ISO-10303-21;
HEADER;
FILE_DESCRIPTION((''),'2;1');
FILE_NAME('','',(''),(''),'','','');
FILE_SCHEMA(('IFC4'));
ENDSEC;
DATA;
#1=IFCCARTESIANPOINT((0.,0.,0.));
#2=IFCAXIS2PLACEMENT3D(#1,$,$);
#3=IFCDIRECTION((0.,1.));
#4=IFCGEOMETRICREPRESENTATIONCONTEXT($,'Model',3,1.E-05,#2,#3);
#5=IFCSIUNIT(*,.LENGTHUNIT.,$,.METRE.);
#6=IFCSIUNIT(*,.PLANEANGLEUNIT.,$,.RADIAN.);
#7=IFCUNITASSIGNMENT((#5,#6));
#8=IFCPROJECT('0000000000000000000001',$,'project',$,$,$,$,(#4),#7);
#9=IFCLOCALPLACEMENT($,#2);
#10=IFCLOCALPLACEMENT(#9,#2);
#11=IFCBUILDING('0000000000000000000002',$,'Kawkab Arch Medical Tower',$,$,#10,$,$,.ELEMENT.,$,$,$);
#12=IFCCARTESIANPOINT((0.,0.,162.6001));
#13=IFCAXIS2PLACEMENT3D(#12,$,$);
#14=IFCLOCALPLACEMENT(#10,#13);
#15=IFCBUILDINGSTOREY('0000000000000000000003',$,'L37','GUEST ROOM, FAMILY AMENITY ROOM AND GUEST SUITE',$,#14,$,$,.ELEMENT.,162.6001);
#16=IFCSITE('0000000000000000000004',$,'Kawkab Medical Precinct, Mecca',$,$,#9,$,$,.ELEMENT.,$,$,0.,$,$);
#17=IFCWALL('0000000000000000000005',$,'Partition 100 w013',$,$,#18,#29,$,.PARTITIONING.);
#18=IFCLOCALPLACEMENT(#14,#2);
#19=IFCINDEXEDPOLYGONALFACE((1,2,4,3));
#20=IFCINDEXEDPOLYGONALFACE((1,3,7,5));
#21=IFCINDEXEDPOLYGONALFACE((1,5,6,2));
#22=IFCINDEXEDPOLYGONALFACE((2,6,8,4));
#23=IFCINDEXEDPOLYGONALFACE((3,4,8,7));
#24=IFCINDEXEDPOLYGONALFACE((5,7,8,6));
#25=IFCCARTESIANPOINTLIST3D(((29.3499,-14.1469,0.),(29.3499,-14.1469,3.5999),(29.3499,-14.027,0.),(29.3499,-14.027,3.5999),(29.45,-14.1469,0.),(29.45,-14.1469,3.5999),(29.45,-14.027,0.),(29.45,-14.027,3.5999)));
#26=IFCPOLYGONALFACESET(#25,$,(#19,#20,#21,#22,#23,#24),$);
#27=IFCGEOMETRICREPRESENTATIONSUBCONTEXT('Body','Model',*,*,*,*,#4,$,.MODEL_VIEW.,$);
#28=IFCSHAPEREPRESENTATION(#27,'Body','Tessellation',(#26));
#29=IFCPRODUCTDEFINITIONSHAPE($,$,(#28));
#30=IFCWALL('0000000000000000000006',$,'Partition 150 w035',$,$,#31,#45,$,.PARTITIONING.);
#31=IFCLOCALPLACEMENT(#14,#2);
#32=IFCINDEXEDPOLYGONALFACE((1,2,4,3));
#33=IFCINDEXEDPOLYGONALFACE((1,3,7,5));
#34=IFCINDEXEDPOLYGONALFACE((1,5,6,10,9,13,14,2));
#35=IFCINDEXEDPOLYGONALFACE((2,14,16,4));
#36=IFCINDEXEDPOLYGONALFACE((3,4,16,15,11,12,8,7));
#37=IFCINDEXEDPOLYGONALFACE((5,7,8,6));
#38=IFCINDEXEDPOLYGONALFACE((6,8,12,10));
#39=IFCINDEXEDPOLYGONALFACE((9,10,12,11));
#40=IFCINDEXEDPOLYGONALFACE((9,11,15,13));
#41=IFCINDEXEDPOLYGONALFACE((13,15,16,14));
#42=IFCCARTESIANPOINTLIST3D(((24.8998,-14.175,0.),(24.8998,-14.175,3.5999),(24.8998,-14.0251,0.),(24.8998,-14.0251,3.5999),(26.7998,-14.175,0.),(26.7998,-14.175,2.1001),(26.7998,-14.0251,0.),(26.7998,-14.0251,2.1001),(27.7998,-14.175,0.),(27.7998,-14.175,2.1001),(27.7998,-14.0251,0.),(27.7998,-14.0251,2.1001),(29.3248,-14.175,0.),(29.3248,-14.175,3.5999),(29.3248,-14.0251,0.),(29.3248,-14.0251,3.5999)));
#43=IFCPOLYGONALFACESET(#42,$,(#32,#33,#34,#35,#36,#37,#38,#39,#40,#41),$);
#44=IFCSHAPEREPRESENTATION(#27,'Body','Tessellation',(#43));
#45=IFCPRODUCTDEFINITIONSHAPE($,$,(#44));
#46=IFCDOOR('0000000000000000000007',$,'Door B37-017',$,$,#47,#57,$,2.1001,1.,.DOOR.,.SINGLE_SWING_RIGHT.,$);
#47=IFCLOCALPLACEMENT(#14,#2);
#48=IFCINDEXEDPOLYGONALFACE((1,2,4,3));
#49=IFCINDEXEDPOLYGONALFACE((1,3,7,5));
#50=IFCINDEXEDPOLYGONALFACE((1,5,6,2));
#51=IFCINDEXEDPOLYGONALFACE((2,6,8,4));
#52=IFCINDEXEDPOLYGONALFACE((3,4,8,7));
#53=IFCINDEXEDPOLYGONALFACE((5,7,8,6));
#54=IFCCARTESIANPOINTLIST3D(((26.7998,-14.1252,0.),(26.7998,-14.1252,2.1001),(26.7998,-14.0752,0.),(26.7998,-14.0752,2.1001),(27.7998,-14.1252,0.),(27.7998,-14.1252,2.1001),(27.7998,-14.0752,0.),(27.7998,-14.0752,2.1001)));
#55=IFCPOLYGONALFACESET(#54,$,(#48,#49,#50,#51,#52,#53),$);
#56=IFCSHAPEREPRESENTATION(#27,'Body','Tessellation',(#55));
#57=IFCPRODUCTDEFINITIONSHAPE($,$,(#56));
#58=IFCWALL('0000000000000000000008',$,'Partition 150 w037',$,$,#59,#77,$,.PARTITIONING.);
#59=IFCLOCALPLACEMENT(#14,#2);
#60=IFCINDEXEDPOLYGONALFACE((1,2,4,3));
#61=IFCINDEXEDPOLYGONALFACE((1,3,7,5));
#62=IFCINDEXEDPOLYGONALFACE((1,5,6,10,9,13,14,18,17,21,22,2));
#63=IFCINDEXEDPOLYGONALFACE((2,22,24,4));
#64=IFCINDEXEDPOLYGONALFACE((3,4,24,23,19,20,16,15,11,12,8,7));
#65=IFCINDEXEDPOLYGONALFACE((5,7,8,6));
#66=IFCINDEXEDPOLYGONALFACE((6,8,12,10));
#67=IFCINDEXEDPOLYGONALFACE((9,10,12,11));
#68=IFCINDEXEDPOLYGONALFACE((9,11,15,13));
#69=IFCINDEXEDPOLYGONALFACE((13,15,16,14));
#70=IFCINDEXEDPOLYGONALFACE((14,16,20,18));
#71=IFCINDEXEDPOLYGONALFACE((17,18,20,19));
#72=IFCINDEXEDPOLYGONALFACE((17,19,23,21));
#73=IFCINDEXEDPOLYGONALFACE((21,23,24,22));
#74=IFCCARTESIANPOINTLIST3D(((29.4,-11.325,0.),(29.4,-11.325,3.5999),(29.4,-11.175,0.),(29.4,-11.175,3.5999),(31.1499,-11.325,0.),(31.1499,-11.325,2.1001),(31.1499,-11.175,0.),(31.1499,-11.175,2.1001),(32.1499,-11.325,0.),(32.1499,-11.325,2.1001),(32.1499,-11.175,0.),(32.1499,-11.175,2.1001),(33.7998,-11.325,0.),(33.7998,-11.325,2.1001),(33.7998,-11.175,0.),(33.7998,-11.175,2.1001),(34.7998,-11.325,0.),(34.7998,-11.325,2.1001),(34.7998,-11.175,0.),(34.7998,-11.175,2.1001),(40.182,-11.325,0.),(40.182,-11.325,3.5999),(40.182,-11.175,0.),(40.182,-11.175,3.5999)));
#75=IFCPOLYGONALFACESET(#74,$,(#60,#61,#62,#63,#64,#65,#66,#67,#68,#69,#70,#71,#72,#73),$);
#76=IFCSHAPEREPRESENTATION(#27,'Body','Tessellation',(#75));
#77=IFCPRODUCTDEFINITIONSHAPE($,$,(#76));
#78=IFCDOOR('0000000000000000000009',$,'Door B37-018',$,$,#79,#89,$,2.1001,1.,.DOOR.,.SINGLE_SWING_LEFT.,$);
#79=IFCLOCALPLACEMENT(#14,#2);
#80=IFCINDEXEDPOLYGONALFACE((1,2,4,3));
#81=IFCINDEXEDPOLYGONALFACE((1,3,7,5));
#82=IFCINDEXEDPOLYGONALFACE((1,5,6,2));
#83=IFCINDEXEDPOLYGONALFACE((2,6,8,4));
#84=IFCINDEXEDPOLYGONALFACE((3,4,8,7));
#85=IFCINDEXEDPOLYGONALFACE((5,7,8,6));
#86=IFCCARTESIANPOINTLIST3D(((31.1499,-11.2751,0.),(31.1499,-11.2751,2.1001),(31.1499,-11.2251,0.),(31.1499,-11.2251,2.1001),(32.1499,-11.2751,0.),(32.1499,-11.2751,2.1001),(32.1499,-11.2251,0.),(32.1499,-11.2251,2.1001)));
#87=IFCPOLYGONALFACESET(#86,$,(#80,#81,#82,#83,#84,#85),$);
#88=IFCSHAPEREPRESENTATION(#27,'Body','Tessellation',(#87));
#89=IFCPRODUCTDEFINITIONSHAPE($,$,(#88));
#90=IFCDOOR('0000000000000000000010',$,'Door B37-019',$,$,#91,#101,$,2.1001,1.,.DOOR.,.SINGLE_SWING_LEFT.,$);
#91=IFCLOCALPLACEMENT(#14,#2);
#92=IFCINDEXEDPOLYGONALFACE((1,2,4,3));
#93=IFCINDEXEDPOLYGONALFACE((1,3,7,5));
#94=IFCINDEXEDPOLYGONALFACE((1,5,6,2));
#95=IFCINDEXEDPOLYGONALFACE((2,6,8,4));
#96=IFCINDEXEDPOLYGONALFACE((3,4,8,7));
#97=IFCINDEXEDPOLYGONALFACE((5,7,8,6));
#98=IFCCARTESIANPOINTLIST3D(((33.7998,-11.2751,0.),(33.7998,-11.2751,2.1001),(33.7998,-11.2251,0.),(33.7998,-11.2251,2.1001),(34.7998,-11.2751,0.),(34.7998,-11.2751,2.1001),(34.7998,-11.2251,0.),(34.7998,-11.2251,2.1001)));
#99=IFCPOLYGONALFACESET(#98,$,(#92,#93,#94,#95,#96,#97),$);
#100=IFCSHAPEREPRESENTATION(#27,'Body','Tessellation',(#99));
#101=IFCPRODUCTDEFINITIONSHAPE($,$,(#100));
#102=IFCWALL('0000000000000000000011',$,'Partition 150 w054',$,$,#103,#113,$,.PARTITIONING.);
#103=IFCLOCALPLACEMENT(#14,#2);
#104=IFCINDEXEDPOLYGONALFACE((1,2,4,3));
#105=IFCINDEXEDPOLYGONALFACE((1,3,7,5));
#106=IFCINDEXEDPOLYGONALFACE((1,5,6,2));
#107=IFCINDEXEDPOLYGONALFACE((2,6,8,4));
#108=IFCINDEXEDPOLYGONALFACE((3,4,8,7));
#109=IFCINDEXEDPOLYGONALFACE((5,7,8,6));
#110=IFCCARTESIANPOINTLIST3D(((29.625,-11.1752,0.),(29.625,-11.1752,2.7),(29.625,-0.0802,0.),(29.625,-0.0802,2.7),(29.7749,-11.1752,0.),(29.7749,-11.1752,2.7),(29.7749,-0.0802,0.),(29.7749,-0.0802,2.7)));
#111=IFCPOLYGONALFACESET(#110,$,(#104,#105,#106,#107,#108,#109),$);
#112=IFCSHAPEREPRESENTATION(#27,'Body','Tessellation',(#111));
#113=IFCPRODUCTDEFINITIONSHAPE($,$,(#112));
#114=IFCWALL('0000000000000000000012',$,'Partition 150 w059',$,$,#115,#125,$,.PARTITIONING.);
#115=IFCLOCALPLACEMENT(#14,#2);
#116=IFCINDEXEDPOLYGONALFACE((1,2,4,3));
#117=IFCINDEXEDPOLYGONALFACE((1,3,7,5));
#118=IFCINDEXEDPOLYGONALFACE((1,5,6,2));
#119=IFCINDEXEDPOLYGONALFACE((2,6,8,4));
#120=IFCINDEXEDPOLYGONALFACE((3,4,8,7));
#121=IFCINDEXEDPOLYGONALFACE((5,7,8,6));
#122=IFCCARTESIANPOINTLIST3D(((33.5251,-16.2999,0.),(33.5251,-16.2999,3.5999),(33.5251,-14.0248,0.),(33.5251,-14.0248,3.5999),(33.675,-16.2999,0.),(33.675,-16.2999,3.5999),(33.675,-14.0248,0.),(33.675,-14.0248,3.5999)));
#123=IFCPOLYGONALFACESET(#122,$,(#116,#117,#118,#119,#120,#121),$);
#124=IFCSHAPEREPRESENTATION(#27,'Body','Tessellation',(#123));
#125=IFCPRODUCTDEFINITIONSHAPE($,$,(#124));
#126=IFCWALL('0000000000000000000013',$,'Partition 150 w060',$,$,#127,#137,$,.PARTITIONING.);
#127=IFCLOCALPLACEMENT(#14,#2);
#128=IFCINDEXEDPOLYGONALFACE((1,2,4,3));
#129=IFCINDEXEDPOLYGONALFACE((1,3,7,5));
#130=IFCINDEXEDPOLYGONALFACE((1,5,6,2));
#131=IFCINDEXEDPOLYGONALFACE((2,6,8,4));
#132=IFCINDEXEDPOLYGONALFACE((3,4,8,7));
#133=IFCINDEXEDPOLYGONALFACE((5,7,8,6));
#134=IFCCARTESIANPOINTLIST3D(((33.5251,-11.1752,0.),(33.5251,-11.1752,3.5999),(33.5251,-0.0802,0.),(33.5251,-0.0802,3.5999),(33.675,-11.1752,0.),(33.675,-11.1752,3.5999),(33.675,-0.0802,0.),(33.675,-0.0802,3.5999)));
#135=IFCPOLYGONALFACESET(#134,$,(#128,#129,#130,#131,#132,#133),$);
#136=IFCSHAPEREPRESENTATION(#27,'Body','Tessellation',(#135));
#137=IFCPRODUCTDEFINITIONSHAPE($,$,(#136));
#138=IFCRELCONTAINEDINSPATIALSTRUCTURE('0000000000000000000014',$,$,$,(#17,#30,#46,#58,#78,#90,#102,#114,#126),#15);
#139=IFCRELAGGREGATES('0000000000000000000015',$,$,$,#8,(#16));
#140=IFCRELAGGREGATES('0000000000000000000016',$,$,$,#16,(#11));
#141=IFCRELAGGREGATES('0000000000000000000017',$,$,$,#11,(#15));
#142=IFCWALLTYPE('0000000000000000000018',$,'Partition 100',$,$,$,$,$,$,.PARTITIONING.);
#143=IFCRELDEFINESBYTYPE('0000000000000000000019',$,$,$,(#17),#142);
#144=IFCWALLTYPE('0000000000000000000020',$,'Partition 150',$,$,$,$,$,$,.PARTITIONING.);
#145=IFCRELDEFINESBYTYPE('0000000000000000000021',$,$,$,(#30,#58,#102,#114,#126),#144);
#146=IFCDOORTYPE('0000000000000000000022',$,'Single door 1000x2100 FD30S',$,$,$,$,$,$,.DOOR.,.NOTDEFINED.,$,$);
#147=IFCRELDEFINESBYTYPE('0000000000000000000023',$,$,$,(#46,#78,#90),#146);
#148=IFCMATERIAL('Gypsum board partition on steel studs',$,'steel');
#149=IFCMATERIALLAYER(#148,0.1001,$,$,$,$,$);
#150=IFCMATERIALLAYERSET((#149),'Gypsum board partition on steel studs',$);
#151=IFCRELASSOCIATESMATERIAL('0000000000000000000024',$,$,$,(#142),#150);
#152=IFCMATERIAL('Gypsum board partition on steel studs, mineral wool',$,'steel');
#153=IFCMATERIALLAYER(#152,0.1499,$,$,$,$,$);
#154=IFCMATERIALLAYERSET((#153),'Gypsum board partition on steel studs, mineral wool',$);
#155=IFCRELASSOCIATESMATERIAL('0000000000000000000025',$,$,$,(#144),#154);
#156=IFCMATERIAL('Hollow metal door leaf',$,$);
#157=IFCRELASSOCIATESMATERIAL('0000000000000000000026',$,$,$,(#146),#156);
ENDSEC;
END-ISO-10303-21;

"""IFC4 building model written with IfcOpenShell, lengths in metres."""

from ifc_helpers import new_model, si_unit, direction, frame, frame_2d, origin, place, context, subcontext, project, spatial, rectangle, extrude, material, layer, layer_set, type_object, element, fill, save


model = new_model("IFC4")

# Units and contexts
model_context = context("Model", 3, precision=1e-05, world=origin(), true_north=direction((0.0, 1.0)))
body_context = subcontext(model_context, "Body", "Model", "MODEL_VIEW")
ifc_project = project(units=[si_unit("LENGTHUNIT", "METRE"), si_unit("PLANEANGLEUNIT", "RADIAN")], contexts=[model_context])

# Site, building, storey
site_placement = place(None, origin())
site = spatial("IfcSite", under=ifc_project, at=site_placement, Name="Kawkab Medical Precinct, Mecca", CompositionType="ELEMENT", RefElevation=0.0)
building_placement = place(site_placement, origin())
building = spatial("IfcBuilding", under=site, at=building_placement, Name="Kawkab Arch Medical Tower", CompositionType="ELEMENT")
storey_placement = place(building_placement, frame((0.0, 0.0, 162.6001)))
storey = spatial("IfcBuildingStorey", under=building, at=storey_placement, Name="L37", Description="GUEST ROOM, FAMILY AMENITY ROOM AND GUEST SUITE", CompositionType="ELEMENT", Elevation=162.6001)

# Wall
ifc_material_1 = material(Name="Gypsum board partition on steel studs", Category="steel")
ifc_layer_1 = layer(ifc_material_1, 0.1001)
ifc_layer_set_1 = layer_set([ifc_layer_1], Name="Gypsum board partition on steel studs")
wall_type_1 = type_object("IfcWallType", Name="Partition 100", PredefinedType="PARTITIONING", material=ifc_layer_set_1)
wall_1_placement = place(storey_placement, frame((29.3999, -14.147, 0.0), z_axis=(0.0, 0.0, 1.0), x_axis=(0.0, 1.0, 0.0)))
element("IfcWall", 1, at=wall_1_placement, inside=storey, type_object=wall_type_1, Name="Partition 100 w013", PredefinedType="PARTITIONING", context=body_context, shape_type="SweptSolid", body=[
    extrude(rectangle(XDim=0.1199, YDim=0.1001, at=frame_2d((0.0601, 0.0))), origin(), (0.0, 0.0, 1.0), 3.5999),
])

# Wall, opening, door
ifc_material_2 = material(Name="Gypsum board partition on steel studs, mineral wool", Category="steel")
ifc_layer_2 = layer(ifc_material_2, 0.1499)
ifc_layer_set_2 = layer_set([ifc_layer_2], Name="Gypsum board partition on steel studs, mineral wool")
wall_type_2 = type_object("IfcWallType", Name="Partition 150", PredefinedType="PARTITIONING", material=ifc_layer_set_2)
wall_2_placement = place(storey_placement, frame((24.8999, -14.1001, 0.0), z_axis=(0.0, 0.0, 1.0), x_axis=(1.0, 0.0, 0.0)))
wall_2 = element("IfcWall", 2, at=wall_2_placement, inside=storey, type_object=wall_type_2, Name="Partition 150 w035", PredefinedType="PARTITIONING", context=body_context, shape_type="SweptSolid", body=[
    extrude(rectangle(XDim=4.425, YDim=0.1499, at=frame_2d((2.2124, 0.0))), origin(), (0.0, 0.0, 1.0), 3.5999),
])
opening_1_placement = place(wall_2_placement, frame((1.8999, 0.0, 0.0)))
opening_1 = element("IfcOpeningElement", 3, at=opening_1_placement, cuts=wall_2, PredefinedType="OPENING", context=body_context, shape_type="SweptSolid", body=[
    extrude(rectangle(XDim=1.0, YDim=2.1001, at=frame_2d((0.5, 1.05))), frame((0.0, 0.085, 0.0), z_axis=(0.0, -1.0, 0.0), x_axis=(1.0, 0.0, 0.0)), (0.0, 0.0, 1.0), 0.1699),
])
ifc_material_3 = material(Name="Hollow metal door leaf")
door_type_1 = type_object("IfcDoorType", Name="Single door 1000x2100 FD30S", OperationType="NOTDEFINED", PredefinedType="DOOR", material=ifc_material_3)
door_1_placement = place(opening_1_placement, origin())
door_1 = element("IfcDoor", 4, at=door_1_placement, inside=storey, type_object=door_type_1, Name="Door B37-017", OperationType="SINGLE_SWING_RIGHT", OverallHeight=2.1001, OverallWidth=1.0, PredefinedType="DOOR", context=body_context, shape_type="SweptSolid", body=[
    extrude(rectangle(XDim=1.0, YDim=2.1001, at=frame_2d((0.5, 1.05))), frame((0.0, 0.0249, 0.0), z_axis=(0.0, -1.0, 0.0), x_axis=(1.0, 0.0, 0.0)), (0.0, 0.0, 1.0), 0.05),
])
fill(opening_1, door_1)

# Wall, openings, doors
wall_3_placement = place(storey_placement, frame((29.3999, -11.25, 0.0), z_axis=(0.0, 0.0, 1.0), x_axis=(1.0, 0.0, 0.0)))
wall_3 = element("IfcWall", 5, at=wall_3_placement, inside=storey, type_object=wall_type_2, Name="Partition 150 w037", PredefinedType="PARTITIONING", context=body_context, shape_type="SweptSolid", body=[
    extrude(rectangle(XDim=10.782, YDim=0.1499, at=frame_2d((5.3911, 0.0))), origin(), (0.0, 0.0, 1.0), 3.5999),
])
opening_2_placement = place(wall_3_placement, frame((1.75, 0.0, 0.0)))
opening_2 = element("IfcOpeningElement", 6, at=opening_2_placement, cuts=wall_3, PredefinedType="OPENING", context=body_context, shape_type="SweptSolid", body=[
    extrude(rectangle(XDim=1.0, YDim=2.1001, at=frame_2d((0.5, 1.05))), frame((0.0, 0.085, 0.0), z_axis=(0.0, -1.0, 0.0), x_axis=(1.0, 0.0, 0.0)), (0.0, 0.0, 1.0), 0.1699),
])
opening_3_placement = place(wall_3_placement, frame((4.3999, 0.0, 0.0)))
opening_3 = element("IfcOpeningElement", 7, at=opening_3_placement, cuts=wall_3, PredefinedType="OPENING", context=body_context, shape_type="SweptSolid", body=[
    extrude(rectangle(XDim=1.0, YDim=2.1001, at=frame_2d((0.5, 1.05))), frame((0.0, 0.085, 0.0), z_axis=(0.0, -1.0, 0.0), x_axis=(1.0, 0.0, 0.0)), (0.0, 0.0, 1.0), 0.1699),
])
door_2_placement = place(opening_2_placement, origin())
door_2 = element("IfcDoor", 8, at=door_2_placement, inside=storey, type_object=door_type_1, Name="Door B37-018", OperationType="SINGLE_SWING_LEFT", OverallHeight=2.1001, OverallWidth=1.0, PredefinedType="DOOR", context=body_context, shape_type="SweptSolid", body=[
    extrude(rectangle(XDim=1.0, YDim=2.1001, at=frame_2d((0.5, 1.05))), frame((0.0, 0.0249, 0.0), z_axis=(0.0, -1.0, 0.0), x_axis=(1.0, 0.0, 0.0)), (0.0, 0.0, 1.0), 0.05),
])
fill(opening_2, door_2)
door_3_placement = place(opening_3_placement, origin())
door_3 = element("IfcDoor", 9, at=door_3_placement, inside=storey, type_object=door_type_1, Name="Door B37-019", OperationType="SINGLE_SWING_LEFT", OverallHeight=2.1001, OverallWidth=1.0, PredefinedType="DOOR", context=body_context, shape_type="SweptSolid", body=[
    extrude(rectangle(XDim=1.0, YDim=2.1001, at=frame_2d((0.5, 1.05))), frame((0.0, 0.0249, 0.0), z_axis=(0.0, -1.0, 0.0), x_axis=(1.0, 0.0, 0.0)), (0.0, 0.0, 1.0), 0.05),
])
fill(opening_3, door_3)

# Walls
wall_4_placement = place(storey_placement, frame((29.7, -11.175, 0.0), z_axis=(0.0, 0.0, 1.0), x_axis=(0.0, 1.0, 0.0)))
element("IfcWall", 10, at=wall_4_placement, inside=storey, type_object=wall_type_2, Name="Partition 150 w054", PredefinedType="PARTITIONING", context=body_context, shape_type="SweptSolid", body=[
    extrude(rectangle(XDim=11.095, YDim=0.1499, at=frame_2d((5.5474, 0.0))), origin(), (0.0, 0.0, 1.0), 2.7),
])
wall_5_placement = place(storey_placement, frame((33.6001, -16.3, 0.0), z_axis=(0.0, 0.0, 1.0), x_axis=(0.0, 1.0, 0.0)))
element("IfcWall", 11, at=wall_5_placement, inside=storey, type_object=wall_type_2, Name="Partition 150 w059", PredefinedType="PARTITIONING", context=body_context, shape_type="SweptSolid", body=[
    extrude(rectangle(XDim=2.2751, YDim=0.1499, at=frame_2d((1.1377, 0.0))), origin(), (0.0, 0.0, 1.0), 3.5999),
])
wall_6_placement = place(storey_placement, frame((33.6001, -11.175, 0.0), z_axis=(0.0, 0.0, 1.0), x_axis=(0.0, 1.0, 0.0)))
element("IfcWall", 12, at=wall_6_placement, inside=storey, type_object=wall_type_2, Name="Partition 150 w060", PredefinedType="PARTITIONING", context=body_context, shape_type="SweptSolid", body=[
    extrude(rectangle(XDim=11.095, YDim=0.1499, at=frame_2d((5.5474, 0.0))), origin(), (0.0, 0.0, 1.0), 3.5999),
])

save(model, "model.ifc")
